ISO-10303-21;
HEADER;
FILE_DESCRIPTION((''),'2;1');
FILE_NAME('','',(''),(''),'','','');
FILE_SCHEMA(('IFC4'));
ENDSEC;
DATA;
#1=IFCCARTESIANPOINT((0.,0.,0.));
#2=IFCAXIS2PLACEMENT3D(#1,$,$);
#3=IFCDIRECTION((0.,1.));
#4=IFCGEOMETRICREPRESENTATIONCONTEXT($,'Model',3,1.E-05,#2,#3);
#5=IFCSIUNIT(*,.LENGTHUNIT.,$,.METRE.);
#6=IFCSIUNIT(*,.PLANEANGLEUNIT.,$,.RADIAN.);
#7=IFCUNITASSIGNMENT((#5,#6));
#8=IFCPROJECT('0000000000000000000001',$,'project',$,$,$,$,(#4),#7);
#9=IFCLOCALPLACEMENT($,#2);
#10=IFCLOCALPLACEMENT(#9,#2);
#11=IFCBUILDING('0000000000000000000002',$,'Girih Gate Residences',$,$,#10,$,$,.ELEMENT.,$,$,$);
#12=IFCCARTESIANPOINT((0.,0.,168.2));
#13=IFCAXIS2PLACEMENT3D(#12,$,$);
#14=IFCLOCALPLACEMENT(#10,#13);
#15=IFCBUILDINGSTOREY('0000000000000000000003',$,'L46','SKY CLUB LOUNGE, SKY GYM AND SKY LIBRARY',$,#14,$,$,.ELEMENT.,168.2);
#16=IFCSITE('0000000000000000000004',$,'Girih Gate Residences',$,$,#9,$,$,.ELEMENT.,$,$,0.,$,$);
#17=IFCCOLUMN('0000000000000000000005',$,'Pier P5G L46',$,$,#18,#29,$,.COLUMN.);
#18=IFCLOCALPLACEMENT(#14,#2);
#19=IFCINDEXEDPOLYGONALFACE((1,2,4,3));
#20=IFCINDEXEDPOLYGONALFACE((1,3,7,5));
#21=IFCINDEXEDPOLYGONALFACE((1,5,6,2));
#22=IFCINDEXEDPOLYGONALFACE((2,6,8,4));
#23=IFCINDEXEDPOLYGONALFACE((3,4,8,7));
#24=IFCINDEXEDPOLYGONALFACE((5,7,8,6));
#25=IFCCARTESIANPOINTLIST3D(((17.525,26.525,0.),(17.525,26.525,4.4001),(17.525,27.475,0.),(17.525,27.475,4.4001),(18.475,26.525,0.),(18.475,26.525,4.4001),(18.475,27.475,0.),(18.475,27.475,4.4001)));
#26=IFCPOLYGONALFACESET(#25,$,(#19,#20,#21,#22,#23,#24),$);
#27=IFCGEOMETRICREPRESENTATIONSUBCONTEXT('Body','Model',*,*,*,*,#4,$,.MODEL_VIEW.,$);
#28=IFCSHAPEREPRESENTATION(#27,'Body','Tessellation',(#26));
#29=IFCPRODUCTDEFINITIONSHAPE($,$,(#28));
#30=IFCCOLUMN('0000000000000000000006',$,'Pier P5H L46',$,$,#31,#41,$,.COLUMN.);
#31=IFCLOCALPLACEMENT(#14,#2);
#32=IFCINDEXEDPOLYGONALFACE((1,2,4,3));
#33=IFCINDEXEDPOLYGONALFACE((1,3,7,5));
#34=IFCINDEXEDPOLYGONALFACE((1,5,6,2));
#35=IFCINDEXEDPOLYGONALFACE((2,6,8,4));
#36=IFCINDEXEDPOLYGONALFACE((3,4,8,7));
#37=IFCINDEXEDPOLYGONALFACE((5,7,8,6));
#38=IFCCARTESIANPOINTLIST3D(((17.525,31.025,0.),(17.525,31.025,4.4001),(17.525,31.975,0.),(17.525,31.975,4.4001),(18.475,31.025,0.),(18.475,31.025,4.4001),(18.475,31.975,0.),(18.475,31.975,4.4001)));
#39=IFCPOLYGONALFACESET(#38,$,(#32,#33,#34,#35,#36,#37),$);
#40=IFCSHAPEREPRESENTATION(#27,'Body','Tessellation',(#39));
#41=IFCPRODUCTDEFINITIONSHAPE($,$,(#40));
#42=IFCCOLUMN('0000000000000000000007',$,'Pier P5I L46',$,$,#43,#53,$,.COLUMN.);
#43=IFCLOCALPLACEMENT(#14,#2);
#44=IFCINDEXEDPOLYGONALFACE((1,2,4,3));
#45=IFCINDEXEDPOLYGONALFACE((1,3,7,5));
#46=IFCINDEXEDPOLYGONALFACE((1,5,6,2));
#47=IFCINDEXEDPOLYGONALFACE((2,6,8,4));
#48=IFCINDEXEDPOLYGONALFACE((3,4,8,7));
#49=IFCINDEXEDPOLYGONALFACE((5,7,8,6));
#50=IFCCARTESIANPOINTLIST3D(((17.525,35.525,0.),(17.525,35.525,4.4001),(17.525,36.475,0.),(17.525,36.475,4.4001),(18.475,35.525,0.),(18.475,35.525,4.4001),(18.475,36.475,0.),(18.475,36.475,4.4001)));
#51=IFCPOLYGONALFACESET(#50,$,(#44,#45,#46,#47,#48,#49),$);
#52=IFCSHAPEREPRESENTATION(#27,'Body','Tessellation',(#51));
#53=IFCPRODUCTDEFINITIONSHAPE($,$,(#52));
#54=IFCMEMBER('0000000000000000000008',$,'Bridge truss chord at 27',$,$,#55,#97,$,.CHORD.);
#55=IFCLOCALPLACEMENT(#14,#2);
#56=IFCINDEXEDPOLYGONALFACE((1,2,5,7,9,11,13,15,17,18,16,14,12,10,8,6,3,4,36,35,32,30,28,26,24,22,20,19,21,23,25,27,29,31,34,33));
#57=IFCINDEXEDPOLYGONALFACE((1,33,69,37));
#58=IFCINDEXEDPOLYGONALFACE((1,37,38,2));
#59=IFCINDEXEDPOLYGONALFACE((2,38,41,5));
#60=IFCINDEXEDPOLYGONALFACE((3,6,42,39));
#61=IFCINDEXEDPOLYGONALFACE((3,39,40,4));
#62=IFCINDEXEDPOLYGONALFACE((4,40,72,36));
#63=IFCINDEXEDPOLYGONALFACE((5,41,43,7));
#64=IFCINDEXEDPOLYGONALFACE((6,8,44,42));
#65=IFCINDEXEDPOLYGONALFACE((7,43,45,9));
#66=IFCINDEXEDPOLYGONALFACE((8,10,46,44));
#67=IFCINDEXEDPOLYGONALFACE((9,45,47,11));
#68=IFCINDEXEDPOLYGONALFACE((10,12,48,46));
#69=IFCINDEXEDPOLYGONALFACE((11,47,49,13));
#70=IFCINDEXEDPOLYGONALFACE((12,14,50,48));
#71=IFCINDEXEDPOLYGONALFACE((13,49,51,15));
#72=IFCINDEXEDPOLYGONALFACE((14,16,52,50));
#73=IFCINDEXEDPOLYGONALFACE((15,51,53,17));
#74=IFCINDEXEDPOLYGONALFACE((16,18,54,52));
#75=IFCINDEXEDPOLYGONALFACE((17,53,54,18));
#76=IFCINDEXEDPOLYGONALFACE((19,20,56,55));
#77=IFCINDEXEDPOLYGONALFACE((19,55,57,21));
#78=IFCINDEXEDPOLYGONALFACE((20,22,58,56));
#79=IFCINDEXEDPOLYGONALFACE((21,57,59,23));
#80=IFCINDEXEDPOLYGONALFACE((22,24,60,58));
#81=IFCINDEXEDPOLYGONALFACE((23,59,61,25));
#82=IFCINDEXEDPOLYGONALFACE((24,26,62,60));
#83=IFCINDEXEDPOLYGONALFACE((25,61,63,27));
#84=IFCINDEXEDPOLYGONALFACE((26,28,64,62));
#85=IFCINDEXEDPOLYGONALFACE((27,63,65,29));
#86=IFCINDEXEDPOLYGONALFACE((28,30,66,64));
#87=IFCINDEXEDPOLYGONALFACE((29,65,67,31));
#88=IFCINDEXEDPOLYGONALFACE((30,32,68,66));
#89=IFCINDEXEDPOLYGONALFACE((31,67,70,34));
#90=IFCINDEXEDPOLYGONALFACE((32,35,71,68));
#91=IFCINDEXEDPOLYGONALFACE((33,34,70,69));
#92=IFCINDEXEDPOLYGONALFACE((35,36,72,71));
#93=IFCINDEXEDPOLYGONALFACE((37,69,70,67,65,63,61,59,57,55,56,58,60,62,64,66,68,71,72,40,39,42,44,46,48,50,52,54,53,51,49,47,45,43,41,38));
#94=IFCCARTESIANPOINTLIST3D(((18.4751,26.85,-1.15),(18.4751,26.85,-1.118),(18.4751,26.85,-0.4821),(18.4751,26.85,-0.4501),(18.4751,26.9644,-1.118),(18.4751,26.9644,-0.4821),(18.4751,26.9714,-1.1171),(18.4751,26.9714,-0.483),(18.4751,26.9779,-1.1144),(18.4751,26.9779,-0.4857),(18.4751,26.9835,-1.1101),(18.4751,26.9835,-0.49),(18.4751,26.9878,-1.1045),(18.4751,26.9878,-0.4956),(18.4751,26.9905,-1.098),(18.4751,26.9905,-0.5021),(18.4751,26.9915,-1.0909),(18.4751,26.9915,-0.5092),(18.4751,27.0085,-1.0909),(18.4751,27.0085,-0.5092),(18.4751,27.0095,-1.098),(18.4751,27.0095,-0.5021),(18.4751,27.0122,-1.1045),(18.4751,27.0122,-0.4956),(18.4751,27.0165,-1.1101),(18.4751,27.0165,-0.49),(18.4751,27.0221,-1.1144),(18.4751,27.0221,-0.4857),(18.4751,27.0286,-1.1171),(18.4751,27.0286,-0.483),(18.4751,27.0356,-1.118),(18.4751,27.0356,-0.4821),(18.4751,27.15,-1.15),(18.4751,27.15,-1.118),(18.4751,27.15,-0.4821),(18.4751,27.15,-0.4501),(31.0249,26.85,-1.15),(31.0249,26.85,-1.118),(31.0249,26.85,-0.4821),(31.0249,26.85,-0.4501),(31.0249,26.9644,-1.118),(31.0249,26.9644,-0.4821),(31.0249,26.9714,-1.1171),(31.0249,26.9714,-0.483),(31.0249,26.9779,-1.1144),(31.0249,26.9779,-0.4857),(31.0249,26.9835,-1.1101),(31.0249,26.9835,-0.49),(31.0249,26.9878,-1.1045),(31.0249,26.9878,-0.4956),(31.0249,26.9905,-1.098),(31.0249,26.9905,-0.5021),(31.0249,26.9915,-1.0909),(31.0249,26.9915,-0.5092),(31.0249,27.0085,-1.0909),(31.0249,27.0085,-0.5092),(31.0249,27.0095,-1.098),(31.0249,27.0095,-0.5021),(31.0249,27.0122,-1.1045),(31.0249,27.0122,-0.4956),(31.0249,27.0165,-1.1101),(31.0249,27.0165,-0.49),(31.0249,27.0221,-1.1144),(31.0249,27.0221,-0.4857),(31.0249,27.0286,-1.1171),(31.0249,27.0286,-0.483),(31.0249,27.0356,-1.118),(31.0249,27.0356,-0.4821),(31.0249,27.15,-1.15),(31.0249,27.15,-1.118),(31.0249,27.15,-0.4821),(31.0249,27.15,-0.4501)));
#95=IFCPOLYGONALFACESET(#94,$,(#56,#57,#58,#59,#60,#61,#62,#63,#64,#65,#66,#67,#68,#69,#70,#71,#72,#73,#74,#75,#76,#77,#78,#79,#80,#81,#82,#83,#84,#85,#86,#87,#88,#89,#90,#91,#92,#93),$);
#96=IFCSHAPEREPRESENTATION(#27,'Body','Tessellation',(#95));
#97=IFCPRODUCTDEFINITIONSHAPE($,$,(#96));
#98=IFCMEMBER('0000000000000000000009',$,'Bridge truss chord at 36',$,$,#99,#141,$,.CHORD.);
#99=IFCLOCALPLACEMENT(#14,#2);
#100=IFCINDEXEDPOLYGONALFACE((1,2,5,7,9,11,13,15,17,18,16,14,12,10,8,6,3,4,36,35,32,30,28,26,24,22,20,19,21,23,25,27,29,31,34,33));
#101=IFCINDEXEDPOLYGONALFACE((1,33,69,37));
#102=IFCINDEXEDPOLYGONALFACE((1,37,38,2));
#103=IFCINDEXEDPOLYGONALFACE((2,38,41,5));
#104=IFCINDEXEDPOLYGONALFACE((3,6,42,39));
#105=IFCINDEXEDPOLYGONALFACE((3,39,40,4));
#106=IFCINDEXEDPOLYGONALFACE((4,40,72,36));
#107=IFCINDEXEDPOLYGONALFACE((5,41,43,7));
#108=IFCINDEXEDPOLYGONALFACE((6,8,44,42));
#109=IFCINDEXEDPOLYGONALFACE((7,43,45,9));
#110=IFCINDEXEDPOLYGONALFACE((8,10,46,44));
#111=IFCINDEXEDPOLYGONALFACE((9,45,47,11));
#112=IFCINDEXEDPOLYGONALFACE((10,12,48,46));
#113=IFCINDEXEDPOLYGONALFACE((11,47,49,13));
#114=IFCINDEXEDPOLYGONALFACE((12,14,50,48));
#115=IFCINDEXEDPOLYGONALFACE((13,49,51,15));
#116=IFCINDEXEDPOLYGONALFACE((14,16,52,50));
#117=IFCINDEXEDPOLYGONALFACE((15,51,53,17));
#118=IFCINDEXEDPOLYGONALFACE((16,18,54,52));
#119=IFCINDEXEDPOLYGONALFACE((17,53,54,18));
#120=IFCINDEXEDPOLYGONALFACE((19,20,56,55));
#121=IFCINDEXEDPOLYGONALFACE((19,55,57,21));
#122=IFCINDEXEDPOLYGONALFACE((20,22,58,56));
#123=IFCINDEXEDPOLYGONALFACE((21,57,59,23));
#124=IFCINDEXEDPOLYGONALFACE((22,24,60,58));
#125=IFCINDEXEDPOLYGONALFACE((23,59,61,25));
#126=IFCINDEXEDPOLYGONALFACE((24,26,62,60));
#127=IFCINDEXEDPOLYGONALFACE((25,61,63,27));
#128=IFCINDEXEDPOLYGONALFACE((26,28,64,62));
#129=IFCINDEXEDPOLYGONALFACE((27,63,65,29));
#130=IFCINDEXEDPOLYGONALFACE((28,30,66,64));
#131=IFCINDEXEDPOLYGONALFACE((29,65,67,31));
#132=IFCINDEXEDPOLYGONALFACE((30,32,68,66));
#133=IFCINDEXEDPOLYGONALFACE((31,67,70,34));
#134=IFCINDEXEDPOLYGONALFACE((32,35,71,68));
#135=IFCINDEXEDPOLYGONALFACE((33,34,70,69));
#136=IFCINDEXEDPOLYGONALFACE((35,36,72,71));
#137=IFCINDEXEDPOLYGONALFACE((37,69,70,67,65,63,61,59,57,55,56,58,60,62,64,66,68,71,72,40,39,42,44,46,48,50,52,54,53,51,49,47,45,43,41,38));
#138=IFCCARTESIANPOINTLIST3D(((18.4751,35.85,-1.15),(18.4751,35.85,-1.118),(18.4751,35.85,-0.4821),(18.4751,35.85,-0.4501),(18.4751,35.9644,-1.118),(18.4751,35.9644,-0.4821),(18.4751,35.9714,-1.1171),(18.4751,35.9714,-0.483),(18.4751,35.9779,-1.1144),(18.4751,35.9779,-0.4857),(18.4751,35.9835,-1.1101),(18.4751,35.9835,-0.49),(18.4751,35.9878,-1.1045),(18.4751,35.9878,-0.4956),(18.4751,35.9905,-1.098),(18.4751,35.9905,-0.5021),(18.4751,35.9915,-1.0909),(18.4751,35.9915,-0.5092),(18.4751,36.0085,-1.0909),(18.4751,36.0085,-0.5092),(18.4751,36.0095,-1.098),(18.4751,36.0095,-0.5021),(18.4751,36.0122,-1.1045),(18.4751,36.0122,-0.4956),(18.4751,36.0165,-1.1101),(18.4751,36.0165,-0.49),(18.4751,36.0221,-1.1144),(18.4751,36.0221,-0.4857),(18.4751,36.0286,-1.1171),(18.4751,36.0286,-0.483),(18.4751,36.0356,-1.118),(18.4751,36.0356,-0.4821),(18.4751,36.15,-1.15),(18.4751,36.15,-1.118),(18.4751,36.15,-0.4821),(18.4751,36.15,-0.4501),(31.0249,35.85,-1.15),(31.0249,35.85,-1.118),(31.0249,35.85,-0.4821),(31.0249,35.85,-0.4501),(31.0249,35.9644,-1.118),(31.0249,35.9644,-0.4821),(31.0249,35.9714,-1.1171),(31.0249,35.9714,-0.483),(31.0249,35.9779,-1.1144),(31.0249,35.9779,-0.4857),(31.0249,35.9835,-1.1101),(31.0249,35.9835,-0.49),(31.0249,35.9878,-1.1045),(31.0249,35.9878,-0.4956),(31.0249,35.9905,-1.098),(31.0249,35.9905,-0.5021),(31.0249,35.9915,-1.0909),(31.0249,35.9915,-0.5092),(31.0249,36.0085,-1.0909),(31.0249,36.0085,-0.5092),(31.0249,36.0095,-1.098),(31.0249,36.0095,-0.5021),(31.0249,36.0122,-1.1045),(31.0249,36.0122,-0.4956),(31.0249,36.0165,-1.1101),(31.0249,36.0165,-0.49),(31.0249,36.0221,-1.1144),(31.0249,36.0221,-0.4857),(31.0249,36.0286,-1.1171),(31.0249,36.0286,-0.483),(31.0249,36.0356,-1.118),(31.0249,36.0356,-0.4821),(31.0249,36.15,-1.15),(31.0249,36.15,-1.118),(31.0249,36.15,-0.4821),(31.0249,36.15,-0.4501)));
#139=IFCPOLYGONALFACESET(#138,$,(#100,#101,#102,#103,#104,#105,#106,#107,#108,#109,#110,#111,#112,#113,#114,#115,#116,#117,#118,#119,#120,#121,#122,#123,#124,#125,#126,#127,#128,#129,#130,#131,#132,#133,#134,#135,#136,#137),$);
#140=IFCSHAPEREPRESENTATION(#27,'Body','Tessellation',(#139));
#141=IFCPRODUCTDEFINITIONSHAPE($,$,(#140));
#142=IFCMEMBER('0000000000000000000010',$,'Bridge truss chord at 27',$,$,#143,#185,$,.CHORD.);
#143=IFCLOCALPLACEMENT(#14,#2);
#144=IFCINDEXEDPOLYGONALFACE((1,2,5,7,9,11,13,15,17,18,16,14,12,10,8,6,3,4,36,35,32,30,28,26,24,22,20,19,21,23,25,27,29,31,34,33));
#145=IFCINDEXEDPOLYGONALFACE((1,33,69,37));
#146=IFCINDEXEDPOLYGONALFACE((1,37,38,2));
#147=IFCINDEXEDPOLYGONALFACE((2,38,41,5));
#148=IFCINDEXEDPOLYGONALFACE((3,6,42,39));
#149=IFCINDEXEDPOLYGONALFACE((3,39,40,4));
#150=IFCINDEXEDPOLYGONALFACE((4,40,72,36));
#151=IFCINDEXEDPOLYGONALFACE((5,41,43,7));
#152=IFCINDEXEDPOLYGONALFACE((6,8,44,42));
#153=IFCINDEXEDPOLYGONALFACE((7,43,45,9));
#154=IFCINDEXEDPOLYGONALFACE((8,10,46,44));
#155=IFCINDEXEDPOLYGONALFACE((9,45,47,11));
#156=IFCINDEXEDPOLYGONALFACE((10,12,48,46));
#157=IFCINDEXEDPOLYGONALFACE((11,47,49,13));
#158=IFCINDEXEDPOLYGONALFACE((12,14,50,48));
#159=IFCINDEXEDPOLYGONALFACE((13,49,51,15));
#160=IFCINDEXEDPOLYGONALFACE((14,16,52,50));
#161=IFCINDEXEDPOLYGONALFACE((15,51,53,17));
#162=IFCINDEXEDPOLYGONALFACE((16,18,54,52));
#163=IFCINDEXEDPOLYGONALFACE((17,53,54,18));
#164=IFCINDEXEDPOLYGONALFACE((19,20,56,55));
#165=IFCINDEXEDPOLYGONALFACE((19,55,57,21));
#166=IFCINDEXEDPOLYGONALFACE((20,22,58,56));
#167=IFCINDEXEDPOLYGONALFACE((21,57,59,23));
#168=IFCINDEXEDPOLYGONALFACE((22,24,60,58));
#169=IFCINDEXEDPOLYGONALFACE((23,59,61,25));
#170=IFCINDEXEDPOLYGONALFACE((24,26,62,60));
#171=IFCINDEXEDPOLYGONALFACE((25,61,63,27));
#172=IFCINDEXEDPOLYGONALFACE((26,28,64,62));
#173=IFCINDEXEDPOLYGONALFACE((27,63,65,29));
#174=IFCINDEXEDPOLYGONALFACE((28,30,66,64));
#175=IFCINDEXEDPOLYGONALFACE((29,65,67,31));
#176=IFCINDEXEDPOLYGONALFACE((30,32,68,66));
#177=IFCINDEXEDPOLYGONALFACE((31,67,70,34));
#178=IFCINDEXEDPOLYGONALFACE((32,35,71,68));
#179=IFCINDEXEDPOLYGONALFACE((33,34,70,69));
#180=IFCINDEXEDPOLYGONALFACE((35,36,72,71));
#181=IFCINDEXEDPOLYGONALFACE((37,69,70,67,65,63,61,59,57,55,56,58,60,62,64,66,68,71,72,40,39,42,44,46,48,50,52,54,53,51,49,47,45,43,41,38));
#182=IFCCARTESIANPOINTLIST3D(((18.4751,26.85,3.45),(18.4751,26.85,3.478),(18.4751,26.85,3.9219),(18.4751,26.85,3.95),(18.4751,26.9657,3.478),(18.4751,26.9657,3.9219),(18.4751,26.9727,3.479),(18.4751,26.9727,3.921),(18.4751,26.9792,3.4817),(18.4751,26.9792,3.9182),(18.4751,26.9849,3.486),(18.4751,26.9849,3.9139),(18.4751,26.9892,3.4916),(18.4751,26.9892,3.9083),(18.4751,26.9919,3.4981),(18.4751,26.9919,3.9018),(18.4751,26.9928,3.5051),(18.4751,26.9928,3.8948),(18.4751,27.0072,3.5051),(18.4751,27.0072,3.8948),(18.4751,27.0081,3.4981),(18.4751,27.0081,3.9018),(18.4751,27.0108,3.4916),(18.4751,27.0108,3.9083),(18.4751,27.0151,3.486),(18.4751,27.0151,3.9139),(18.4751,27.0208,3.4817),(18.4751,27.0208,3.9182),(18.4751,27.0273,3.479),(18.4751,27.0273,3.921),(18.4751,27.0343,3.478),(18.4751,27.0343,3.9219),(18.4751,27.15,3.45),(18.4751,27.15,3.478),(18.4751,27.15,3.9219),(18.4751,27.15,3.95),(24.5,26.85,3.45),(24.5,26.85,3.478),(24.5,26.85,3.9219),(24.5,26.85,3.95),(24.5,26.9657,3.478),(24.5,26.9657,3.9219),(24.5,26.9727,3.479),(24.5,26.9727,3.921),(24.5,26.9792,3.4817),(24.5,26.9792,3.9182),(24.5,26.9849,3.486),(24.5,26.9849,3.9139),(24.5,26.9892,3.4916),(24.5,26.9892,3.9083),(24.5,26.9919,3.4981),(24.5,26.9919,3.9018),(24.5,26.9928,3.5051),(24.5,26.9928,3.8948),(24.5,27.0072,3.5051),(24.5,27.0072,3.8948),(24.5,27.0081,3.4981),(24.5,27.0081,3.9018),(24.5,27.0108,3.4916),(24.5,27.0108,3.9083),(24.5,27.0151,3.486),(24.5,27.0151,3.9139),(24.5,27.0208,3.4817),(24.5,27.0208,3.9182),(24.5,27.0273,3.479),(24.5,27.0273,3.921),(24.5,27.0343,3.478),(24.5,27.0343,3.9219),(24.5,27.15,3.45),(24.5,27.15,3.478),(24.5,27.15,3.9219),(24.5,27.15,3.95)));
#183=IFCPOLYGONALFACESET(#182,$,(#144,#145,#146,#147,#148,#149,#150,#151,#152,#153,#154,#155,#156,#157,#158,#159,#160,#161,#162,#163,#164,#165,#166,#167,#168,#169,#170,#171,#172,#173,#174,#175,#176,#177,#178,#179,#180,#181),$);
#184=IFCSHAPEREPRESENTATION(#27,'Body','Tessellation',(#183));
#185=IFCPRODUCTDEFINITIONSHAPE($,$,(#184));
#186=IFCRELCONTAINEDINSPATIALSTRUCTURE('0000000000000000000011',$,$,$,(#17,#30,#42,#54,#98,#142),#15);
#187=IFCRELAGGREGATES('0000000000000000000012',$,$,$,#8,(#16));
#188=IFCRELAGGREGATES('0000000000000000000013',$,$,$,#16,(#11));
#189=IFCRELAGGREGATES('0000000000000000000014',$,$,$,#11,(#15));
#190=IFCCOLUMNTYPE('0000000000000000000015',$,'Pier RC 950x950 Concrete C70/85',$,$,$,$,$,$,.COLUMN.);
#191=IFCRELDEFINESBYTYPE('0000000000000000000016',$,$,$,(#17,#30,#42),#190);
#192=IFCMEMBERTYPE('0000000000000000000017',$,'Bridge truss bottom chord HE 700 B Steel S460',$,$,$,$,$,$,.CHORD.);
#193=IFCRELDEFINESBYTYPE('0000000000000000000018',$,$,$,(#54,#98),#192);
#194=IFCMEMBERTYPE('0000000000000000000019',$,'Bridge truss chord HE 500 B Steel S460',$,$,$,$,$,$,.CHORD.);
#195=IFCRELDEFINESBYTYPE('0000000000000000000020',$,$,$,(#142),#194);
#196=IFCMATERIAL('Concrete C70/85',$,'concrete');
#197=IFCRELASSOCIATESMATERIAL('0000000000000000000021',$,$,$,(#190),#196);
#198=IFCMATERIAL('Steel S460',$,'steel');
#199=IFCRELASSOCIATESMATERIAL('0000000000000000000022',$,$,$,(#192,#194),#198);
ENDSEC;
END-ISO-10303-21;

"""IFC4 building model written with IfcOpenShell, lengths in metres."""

from ifc_helpers import new_model, si_unit, direction, frame, origin, origin_2d, place, context, subcontext, project, spatial, rectangle, i_section, extrude, material, material_profile, profile_set, type_object, element, save


model = new_model("IFC4")

# Units and contexts
model_context = context("Model", 3, precision=1e-05, world=origin(), true_north=direction((0.0, 1.0)))
body_context = subcontext(model_context, "Body", "Model", "MODEL_VIEW")
ifc_project = project(units=[si_unit("LENGTHUNIT", "METRE"), si_unit("PLANEANGLEUNIT", "RADIAN")], contexts=[model_context])

# Site, building, storey
site_placement = place(None, origin())
site = spatial("IfcSite", under=ifc_project, at=site_placement, Name="Girih Gate Residences", CompositionType="ELEMENT", RefElevation=0.0)
building_placement = place(site_placement, origin())
building = spatial("IfcBuilding", under=site, at=building_placement, Name="Girih Gate Residences", CompositionType="ELEMENT")
storey_placement = place(building_placement, frame((0.0, 0.0, 168.2)))
storey = spatial("IfcBuildingStorey", under=building, at=storey_placement, Name="L46", Description="SKY CLUB LOUNGE, SKY GYM AND SKY LIBRARY", CompositionType="ELEMENT", Elevation=168.2)

# Columns
ifc_material_1 = material(Name="Concrete C70/85", Category="concrete")
ifc_material_profile_1 = material_profile(ifc_material_1, rectangle(XDim=0.95, YDim=0.95, at=origin_2d()))
ifc_profile_set_1 = profile_set([ifc_material_profile_1], Name="Concrete C70/85")
column_type = type_object("IfcColumnType", Name="Pier RC 950x950 Concrete C70/85", PredefinedType="COLUMN", material=ifc_profile_set_1)
for number, where, z_axis, x_axis, name in (
    (1, (18.0, 27.0, 0.0), (0.0, 0.0, 1.0), (1.0, 0.0, 0.0), "Pier P5G L46"),
    (2, (18.0, 31.5, 0.0), (0.0, 0.0, 1.0), (1.0, 0.0, 0.0), "Pier P5H L46"),
    (3, (18.0, 36.0, 0.0), (0.0, 0.0, 1.0), (1.0, 0.0, 0.0), "Pier P5I L46"),
):
    element("IfcColumn", number, at=place(storey_placement, frame(where, z_axis=z_axis, x_axis=x_axis)), inside=storey, type_object=column_type, Name=name, PredefinedType="COLUMN", context=body_context, shape_type="SweptSolid", body=[
        extrude(rectangle(XDim=0.95, YDim=0.95, at=origin_2d()), origin(), (0.0, 0.0, 1.0), 4.4001),
    ])

# Members
ifc_material_2 = material(Name="Steel S460", Category="steel")
ifc_material_profile_2 = material_profile(ifc_material_2, i_section(OverallWidth=0.3, OverallDepth=0.7, WebThickness=0.0171, FlangeThickness=0.032, FilletRadius=0.0271, at=origin_2d()))
ifc_profile_set_2 = profile_set([ifc_material_profile_2], Name="Steel S460")
member_type_1 = type_object("IfcMemberType", Name="Bridge truss bottom chord HE 700 B Steel S460", PredefinedType="CHORD", material=ifc_profile_set_2)
for number, where, z_axis, x_axis, name in (
    (4, (18.4751, 27.0, -0.8), (1.0, 0.0, 0.0), (0.0, 1.0, 0.0), "Bridge truss chord at 27"),
    (5, (18.4751, 36.0, -0.8), (1.0, 0.0, 0.0), (0.0, 1.0, 0.0), "Bridge truss chord at 36"),
):
    element("IfcMember", number, at=place(storey_placement, frame(where, z_axis=z_axis, x_axis=x_axis)), inside=storey, type_object=member_type_1, Name=name, PredefinedType="CHORD", context=body_context, shape_type="SweptSolid", body=[
        extrude(i_section(OverallWidth=0.3, OverallDepth=0.7, WebThickness=0.0171, FlangeThickness=0.032, FilletRadius=0.0271, at=origin_2d()), origin(), (0.0, 0.0, 1.0), 12.5498),
    ])
ifc_material_profile_3 = material_profile(ifc_material_2, i_section(OverallWidth=0.3, OverallDepth=0.5, WebThickness=0.0144, FlangeThickness=0.0281, FilletRadius=0.0271, at=origin_2d()))
ifc_profile_set_3 = profile_set([ifc_material_profile_3], Name="Steel S460")
member_type_2 = type_object("IfcMemberType", Name="Bridge truss chord HE 500 B Steel S460", PredefinedType="CHORD", material=ifc_profile_set_3)
for number, where, z_axis, x_axis, name in (
    (6, (18.4751, 27.0, 3.7), (1.0, 0.0, 0.0), (0.0, 1.0, 0.0), "Bridge truss chord at 27"),
):
    element("IfcMember", number, at=place(storey_placement, frame(where, z_axis=z_axis, x_axis=x_axis)), inside=storey, type_object=member_type_2, Name=name, PredefinedType="CHORD", context=body_context, shape_type="SweptSolid", body=[
        extrude(i_section(OverallWidth=0.3, OverallDepth=0.5, WebThickness=0.0144, FlangeThickness=0.0281, FilletRadius=0.0271, at=origin_2d()), origin(), (0.0, 0.0, 1.0), 6.0249),
    ])

save(model, "model.ifc")
